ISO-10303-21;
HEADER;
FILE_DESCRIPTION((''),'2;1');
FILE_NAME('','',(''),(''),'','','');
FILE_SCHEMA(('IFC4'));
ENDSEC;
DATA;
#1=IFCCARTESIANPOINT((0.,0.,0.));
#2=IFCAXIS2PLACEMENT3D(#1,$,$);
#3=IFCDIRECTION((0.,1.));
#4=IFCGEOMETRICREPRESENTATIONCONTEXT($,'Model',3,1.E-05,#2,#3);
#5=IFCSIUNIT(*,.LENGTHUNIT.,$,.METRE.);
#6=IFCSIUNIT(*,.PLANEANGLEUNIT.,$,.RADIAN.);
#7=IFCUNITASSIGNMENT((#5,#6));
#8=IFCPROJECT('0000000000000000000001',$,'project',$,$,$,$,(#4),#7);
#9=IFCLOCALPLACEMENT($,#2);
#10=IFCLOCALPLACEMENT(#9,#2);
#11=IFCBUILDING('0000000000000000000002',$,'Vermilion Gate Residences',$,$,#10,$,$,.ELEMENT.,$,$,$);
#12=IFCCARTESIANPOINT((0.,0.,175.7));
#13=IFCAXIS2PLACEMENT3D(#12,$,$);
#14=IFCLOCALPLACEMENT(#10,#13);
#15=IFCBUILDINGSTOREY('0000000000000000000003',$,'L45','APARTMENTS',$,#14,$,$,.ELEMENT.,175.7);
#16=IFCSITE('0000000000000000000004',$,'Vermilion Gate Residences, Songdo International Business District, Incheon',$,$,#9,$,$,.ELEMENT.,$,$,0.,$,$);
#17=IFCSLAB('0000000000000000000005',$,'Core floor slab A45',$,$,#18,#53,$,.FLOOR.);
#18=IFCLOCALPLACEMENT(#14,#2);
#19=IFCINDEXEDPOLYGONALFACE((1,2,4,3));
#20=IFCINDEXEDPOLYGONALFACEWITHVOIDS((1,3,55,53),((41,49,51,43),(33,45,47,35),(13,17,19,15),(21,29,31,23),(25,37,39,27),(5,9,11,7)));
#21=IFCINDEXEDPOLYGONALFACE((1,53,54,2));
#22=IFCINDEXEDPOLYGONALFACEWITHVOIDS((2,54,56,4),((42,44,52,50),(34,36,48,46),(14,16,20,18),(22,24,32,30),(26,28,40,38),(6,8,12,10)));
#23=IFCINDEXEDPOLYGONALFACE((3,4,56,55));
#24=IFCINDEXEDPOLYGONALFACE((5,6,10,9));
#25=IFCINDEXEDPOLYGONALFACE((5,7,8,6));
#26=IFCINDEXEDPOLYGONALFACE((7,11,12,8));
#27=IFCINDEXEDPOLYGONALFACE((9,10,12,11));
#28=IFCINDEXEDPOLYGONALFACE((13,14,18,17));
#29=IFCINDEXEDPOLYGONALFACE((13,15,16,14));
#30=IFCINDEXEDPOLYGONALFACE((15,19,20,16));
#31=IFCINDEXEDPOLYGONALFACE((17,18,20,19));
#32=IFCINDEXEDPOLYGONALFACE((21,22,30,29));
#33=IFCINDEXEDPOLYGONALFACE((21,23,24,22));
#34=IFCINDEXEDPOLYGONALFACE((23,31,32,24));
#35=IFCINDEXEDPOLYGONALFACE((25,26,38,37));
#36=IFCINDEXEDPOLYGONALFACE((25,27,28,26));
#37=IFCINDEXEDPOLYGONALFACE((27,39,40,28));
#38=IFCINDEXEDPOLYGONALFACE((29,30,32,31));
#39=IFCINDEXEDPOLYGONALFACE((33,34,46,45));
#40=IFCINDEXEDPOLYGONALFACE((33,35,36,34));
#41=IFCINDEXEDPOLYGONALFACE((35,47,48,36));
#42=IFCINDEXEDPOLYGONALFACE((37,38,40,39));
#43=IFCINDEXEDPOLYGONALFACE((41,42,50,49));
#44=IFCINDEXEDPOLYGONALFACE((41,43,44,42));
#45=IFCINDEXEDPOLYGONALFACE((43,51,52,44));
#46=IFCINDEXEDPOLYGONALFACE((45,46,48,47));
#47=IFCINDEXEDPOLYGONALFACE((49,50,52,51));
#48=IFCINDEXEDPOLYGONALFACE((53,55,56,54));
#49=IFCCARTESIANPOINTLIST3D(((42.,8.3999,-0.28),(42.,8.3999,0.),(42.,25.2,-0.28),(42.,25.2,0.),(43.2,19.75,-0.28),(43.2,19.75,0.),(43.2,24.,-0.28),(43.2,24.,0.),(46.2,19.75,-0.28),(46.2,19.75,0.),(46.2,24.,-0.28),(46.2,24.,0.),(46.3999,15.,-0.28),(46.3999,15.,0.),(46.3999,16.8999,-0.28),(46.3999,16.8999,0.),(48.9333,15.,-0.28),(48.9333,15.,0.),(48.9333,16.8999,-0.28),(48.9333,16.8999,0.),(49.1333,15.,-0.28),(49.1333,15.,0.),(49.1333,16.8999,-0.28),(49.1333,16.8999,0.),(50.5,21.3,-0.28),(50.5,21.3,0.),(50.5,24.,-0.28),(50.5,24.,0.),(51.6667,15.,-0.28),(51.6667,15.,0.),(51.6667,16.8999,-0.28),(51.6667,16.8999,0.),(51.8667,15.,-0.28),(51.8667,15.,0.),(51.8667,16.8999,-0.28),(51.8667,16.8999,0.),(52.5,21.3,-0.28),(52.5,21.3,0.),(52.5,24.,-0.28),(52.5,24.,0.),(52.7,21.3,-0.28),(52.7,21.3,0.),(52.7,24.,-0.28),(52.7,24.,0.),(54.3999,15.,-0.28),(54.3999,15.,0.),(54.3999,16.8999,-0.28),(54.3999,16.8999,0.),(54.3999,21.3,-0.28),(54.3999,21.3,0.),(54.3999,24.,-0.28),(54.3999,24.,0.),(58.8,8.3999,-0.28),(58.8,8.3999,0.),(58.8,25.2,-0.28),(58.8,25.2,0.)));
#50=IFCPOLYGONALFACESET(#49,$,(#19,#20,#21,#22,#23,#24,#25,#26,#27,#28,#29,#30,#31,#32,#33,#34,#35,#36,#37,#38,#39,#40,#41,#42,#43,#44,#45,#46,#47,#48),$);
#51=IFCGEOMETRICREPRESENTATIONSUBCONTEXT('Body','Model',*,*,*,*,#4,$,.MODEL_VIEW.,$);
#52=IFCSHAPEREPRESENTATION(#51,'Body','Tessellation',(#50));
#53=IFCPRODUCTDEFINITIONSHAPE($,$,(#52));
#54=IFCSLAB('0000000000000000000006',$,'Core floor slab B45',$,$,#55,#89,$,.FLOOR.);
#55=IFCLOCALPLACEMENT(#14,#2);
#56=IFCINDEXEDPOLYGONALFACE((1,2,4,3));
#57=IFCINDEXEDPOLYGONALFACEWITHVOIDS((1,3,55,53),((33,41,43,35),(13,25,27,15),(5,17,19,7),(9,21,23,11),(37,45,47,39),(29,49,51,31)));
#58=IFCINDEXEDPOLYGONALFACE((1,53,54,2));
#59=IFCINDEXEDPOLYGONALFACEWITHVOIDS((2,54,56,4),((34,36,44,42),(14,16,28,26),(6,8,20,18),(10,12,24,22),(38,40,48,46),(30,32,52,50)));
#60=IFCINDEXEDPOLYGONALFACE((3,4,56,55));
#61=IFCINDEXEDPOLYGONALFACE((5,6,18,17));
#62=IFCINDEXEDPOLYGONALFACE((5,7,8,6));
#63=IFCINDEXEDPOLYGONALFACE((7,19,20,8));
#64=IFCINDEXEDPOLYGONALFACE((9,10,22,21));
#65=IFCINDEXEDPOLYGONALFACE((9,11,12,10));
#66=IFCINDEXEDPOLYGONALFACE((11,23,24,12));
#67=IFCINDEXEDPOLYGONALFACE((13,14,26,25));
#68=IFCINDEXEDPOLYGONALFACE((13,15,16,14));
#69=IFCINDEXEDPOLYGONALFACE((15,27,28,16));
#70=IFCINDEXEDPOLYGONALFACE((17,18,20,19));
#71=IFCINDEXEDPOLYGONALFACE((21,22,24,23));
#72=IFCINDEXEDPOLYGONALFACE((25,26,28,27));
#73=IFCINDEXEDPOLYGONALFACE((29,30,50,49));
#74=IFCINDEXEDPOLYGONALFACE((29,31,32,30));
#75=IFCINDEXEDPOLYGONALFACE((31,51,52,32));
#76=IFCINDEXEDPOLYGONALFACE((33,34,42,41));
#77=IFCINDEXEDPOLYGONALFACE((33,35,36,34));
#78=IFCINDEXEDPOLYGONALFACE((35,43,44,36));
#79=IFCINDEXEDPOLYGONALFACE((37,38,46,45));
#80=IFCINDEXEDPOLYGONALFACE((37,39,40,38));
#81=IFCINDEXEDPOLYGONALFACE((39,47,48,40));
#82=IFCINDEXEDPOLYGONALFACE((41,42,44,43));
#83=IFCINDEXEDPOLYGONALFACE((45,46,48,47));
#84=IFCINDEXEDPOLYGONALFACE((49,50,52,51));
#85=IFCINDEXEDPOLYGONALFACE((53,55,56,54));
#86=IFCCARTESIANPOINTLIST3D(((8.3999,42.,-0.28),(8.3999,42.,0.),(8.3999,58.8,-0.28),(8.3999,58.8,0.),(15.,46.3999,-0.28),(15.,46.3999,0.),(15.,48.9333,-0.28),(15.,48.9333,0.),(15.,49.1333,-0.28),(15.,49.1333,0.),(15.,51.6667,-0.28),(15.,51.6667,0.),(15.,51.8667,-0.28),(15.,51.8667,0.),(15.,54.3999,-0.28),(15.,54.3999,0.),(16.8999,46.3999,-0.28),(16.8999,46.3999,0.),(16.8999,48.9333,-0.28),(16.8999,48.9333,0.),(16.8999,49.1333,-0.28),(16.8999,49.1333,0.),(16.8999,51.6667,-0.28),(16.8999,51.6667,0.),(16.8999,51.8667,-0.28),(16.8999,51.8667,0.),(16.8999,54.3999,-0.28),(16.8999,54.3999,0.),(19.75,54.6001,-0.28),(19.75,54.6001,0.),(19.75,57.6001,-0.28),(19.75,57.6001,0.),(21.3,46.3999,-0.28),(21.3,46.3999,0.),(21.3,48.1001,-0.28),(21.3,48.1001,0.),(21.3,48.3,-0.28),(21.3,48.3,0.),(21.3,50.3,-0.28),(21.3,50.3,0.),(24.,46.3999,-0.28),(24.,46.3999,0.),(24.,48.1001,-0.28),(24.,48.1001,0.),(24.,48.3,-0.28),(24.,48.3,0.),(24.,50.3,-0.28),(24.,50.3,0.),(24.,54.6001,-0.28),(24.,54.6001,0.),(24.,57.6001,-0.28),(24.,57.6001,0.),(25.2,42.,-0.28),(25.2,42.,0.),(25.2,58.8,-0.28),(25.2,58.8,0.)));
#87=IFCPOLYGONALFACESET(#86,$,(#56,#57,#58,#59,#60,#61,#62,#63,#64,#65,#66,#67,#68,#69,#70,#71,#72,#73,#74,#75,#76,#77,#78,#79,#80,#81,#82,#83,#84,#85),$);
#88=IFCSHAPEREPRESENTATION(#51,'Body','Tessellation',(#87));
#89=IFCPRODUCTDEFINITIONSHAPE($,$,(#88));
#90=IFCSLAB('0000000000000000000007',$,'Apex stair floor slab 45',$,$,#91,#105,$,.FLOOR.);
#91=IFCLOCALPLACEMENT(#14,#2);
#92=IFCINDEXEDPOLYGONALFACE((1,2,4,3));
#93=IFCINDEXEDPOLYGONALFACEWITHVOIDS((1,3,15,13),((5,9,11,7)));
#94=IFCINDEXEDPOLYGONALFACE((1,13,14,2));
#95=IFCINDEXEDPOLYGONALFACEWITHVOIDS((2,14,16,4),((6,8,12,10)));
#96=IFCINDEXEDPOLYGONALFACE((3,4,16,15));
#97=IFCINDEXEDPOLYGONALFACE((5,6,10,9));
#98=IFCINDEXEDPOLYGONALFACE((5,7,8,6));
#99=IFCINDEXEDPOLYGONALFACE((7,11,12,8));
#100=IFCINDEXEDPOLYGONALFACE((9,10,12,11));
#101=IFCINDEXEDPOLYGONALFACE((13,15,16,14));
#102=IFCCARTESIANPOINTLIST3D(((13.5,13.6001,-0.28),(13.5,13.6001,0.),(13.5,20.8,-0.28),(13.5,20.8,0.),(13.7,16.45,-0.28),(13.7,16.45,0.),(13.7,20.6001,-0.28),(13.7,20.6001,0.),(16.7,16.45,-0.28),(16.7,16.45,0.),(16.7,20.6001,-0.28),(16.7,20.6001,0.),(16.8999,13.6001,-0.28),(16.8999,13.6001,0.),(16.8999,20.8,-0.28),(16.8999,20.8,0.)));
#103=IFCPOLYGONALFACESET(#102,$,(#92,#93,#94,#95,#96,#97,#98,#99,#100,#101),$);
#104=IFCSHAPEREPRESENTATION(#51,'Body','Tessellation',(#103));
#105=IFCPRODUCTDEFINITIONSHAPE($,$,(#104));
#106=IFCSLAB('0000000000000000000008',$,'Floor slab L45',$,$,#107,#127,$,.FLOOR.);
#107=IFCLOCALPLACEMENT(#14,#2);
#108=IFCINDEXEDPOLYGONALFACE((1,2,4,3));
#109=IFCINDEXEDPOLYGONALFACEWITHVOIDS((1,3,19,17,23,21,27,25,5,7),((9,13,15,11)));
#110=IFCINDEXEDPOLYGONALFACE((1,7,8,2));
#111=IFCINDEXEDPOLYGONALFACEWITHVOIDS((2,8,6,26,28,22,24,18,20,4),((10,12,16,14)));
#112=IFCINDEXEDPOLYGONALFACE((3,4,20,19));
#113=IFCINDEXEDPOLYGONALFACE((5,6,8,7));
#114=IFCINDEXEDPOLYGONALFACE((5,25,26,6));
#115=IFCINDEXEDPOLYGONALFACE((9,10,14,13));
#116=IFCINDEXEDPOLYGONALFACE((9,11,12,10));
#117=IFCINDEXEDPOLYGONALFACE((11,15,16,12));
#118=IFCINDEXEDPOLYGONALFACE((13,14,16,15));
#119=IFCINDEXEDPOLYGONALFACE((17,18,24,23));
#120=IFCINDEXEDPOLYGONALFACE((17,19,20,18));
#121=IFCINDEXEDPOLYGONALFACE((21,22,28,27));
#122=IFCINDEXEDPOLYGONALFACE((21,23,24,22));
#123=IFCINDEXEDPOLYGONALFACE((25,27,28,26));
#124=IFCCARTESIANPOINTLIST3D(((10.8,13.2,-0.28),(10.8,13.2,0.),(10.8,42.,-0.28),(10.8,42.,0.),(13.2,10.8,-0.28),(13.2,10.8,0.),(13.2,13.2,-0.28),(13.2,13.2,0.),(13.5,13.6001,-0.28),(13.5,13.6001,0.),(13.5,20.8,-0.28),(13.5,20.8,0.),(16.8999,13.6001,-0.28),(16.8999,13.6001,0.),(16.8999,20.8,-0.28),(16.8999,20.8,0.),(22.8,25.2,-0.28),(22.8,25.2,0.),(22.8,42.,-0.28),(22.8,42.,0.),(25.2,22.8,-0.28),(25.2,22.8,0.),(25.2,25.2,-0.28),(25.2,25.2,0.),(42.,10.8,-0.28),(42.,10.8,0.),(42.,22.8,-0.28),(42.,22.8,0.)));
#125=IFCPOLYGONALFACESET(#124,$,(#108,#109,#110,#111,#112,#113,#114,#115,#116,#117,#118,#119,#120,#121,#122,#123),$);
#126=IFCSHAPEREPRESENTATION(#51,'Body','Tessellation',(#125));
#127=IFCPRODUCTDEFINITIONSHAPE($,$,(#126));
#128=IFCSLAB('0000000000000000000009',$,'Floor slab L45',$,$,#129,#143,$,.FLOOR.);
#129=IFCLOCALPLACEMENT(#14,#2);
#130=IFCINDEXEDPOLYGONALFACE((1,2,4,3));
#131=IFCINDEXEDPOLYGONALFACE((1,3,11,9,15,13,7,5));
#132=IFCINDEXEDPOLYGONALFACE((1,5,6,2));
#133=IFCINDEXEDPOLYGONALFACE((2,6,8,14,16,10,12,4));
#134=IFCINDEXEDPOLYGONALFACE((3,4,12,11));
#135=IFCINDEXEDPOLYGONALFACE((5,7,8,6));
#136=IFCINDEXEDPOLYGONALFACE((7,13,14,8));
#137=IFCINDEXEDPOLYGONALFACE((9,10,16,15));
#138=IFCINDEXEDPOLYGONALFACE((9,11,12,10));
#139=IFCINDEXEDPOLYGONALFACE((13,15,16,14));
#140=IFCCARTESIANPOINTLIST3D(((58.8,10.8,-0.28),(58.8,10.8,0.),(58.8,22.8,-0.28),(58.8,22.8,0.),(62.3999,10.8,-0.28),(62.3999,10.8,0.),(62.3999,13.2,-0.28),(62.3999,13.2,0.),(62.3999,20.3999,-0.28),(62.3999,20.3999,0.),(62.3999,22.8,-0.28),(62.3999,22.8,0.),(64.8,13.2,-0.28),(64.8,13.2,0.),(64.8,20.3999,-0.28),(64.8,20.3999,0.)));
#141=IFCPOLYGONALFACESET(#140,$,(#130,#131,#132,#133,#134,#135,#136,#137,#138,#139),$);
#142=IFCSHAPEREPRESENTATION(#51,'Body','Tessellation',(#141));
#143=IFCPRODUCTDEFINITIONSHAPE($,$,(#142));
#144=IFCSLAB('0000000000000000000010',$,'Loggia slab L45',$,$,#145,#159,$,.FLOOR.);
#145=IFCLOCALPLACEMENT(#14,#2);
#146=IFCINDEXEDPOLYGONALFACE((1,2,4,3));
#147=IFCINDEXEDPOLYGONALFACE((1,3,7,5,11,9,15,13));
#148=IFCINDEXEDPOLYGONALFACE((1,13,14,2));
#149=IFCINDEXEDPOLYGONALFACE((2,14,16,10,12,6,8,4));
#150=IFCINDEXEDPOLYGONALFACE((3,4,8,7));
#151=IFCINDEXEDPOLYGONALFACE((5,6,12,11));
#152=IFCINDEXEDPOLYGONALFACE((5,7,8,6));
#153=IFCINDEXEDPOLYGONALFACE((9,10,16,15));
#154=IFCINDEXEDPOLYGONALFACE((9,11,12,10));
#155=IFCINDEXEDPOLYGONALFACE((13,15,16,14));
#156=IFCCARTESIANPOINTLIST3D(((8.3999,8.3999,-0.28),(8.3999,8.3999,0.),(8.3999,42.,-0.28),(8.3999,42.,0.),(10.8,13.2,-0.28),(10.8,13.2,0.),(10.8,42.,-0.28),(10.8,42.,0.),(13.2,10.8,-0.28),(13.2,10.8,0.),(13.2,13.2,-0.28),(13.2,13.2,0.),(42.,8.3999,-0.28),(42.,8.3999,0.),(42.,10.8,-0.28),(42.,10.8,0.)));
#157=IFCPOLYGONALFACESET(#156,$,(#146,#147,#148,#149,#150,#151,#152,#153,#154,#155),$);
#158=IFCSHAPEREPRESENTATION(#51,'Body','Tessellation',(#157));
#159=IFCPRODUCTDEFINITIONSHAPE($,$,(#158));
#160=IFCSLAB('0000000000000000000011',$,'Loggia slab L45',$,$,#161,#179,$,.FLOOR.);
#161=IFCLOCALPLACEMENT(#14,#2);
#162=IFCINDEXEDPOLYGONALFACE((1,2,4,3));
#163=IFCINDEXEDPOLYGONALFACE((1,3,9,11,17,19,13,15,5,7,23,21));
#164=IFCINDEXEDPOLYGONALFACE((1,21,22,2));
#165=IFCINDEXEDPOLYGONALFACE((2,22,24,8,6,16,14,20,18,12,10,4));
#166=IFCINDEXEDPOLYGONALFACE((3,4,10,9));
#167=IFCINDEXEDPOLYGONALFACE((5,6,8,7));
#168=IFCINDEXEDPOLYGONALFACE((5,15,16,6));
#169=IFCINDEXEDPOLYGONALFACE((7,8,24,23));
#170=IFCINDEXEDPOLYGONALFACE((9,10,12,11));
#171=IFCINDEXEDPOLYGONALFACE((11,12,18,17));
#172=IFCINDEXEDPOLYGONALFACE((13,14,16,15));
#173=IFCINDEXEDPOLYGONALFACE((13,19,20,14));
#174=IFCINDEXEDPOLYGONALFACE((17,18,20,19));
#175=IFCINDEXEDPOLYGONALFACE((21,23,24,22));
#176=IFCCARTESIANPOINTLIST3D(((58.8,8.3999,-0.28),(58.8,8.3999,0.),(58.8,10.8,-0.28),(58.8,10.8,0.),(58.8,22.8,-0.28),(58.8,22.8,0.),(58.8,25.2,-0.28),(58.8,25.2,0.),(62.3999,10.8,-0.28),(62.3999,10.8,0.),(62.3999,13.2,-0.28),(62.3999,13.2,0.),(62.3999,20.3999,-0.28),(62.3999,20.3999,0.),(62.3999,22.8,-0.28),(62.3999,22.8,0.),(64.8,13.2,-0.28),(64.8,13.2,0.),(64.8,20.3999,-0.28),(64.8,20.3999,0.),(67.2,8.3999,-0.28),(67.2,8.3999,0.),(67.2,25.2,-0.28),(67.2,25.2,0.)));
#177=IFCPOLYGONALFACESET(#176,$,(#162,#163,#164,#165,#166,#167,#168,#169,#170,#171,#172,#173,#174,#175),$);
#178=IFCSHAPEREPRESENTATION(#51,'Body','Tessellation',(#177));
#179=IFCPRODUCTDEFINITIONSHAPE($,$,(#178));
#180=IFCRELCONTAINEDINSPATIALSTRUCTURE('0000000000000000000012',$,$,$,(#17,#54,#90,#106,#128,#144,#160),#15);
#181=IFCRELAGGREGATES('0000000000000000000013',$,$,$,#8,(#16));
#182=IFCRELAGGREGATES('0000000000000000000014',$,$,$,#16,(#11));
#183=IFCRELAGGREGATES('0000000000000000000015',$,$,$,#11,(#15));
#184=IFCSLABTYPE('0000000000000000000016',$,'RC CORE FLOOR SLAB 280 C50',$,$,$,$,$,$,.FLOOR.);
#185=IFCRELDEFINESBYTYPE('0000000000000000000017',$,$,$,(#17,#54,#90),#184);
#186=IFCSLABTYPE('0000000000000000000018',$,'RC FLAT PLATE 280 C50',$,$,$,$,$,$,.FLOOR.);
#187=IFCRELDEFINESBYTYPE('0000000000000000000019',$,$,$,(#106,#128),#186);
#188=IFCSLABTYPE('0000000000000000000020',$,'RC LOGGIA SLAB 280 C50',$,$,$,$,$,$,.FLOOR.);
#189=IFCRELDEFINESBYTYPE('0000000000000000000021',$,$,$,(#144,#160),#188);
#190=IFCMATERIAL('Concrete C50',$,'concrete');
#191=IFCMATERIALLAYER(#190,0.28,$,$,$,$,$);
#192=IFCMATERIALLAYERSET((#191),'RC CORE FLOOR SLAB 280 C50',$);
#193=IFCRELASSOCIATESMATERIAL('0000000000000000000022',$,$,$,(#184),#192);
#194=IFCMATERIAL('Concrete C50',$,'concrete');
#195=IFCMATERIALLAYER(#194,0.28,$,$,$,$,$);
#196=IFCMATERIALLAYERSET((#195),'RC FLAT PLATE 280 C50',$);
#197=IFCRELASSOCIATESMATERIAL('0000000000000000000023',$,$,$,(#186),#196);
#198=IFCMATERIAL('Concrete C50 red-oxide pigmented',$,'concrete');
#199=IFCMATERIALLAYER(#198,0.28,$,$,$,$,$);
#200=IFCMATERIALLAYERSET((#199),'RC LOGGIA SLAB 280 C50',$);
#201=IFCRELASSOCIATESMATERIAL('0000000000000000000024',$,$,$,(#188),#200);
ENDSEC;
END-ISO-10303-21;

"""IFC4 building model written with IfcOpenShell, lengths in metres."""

from ifc_helpers import new_model, si_unit, direction, frame, origin, place, context, subcontext, project, spatial, polyline, outline, extrude, material, layer, layer_set, type_object, element, save


model = new_model("IFC4")

# Units and contexts
model_context = context("Model", 3, precision=1e-05, world=origin(), true_north=direction((0.0, 1.0)))
body_context = subcontext(model_context, "Body", "Model", "MODEL_VIEW")
ifc_project = project(units=[si_unit("LENGTHUNIT", "METRE"), si_unit("PLANEANGLEUNIT", "RADIAN")], contexts=[model_context])

# Site, building, storey
site_placement = place(None, origin())
site = spatial("IfcSite", under=ifc_project, at=site_placement, Name="Vermilion Gate Residences, Songdo International Business District, Incheon", CompositionType="ELEMENT", RefElevation=0.0)
building_placement = place(site_placement, origin())
building = spatial("IfcBuilding", under=site, at=building_placement, Name="Vermilion Gate Residences", CompositionType="ELEMENT")
storey_placement = place(building_placement, frame((0.0, 0.0, 175.7)))
storey = spatial("IfcBuildingStorey", under=building, at=storey_placement, Name="L45", Description="APARTMENTS", CompositionType="ELEMENT", Elevation=175.7)

# Slabs
ifc_material_1 = material(Name="Concrete C50", Category="concrete")
ifc_layer_1 = layer(ifc_material_1, 0.28)
ifc_layer_set_1 = layer_set([ifc_layer_1], Name="RC CORE FLOOR SLAB 280 C50")
slab_type_1 = type_object("IfcSlabType", Name="RC CORE FLOOR SLAB 280 C50", PredefinedType="FLOOR", material=ifc_layer_set_1)
slab_1_placement = place(storey_placement, frame((0.0, 0.0, -0.28)))
element("IfcSlab", 1, at=slab_1_placement, inside=storey, type_object=slab_type_1, Name="Core floor slab A45", PredefinedType="FLOOR", context=body_context, shape_type="SweptSolid", body=[
    extrude(outline(polyline([(42.0, 8.3999), (58.8, 8.3999), (58.8, 25.2), (42.0, 25.2), (42.0, 8.3999)]), holes=[polyline([(46.3999, 15.0), (46.3999, 16.8999), (48.9333, 16.8999), (48.9333, 15.0), (46.3999, 15.0)]), polyline([(49.1333, 16.8999), (51.6667, 16.8999), (51.6667, 15.0), (49.1333, 15.0), (49.1333, 16.8999)]), polyline([(51.8667, 16.8999), (54.3999, 16.8999), (54.3999, 15.0), (51.8667, 15.0), (51.8667, 16.8999)]), polyline([(43.2, 19.75), (43.2, 24.0), (46.2, 24.0), (46.2, 19.75), (43.2, 19.75)]), polyline([(50.5, 24.0), (52.5, 24.0), (52.5, 21.3), (50.5, 21.3), (50.5, 24.0)]), polyline([(52.7, 24.0), (54.3999, 24.0), (54.3999, 21.3), (52.7, 21.3), (52.7, 24.0)])]), origin(), (0.0, 0.0, 1.0), 0.28),
])
slab_2_placement = place(storey_placement, frame((0.0, 0.0, -0.28)))
element("IfcSlab", 2, at=slab_2_placement, inside=storey, type_object=slab_type_1, Name="Core floor slab B45", PredefinedType="FLOOR", context=body_context, shape_type="SweptSolid", body=[
    extrude(outline(polyline([(8.3999, 42.0), (25.2, 42.0), (25.2, 58.8), (8.3999, 58.8), (8.3999, 42.0)]), holes=[polyline([(21.3, 46.3999), (21.3, 48.1001), (24.0, 48.1001), (24.0, 46.3999), (21.3, 46.3999)]), polyline([(15.0, 48.9333), (16.8999, 48.9333), (16.8999, 46.3999), (15.0, 46.3999), (15.0, 48.9333)]), polyline([(21.3, 50.3), (24.0, 50.3), (24.0, 48.3), (21.3, 48.3), (21.3, 50.3)]), polyline([(15.0, 49.1333), (15.0, 51.6667), (16.8999, 51.6667), (16.8999, 49.1333), (15.0, 49.1333)]), polyline([(15.0, 54.3999), (16.8999, 54.3999), (16.8999, 51.8667), (15.0, 51.8667), (15.0, 54.3999)]), polyline([(19.75, 57.6001), (24.0, 57.6001), (24.0, 54.6001), (19.75, 54.6001), (19.75, 57.6001)])]), origin(), (0.0, 0.0, 1.0), 0.28),
])
slab_3_placement = place(storey_placement, frame((0.0, 0.0, -0.28)))
element("IfcSlab", 3, at=slab_3_placement, inside=storey, type_object=slab_type_1, Name="Apex stair floor slab 45", PredefinedType="FLOOR", context=body_context, shape_type="SweptSolid", body=[
    extrude(outline(polyline([(13.5, 13.6001), (16.8999, 13.6001), (16.8999, 20.8), (13.5, 20.8), (13.5, 13.6001)]), holes=[polyline([(16.7, 20.6001), (16.7, 16.45), (13.7, 16.45), (13.7, 20.6001), (16.7, 20.6001)])]), origin(), (0.0, 0.0, 1.0), 0.28),
])
ifc_material_2 = material(Name="Concrete C50", Category="concrete")
ifc_layer_2 = layer(ifc_material_2, 0.28)
ifc_layer_set_2 = layer_set([ifc_layer_2], Name="RC FLAT PLATE 280 C50")
slab_type_2 = type_object("IfcSlabType", Name="RC FLAT PLATE 280 C50", PredefinedType="FLOOR", material=ifc_layer_set_2)
slab_4_placement = place(storey_placement, frame((0.0, 0.0, -0.28)))
element("IfcSlab", 4, at=slab_4_placement, inside=storey, type_object=slab_type_2, Name="Floor slab L45", PredefinedType="FLOOR", context=body_context, shape_type="SweptSolid", body=[
    extrude(outline(polyline([(22.8, 25.2), (22.8, 42.0), (10.8, 42.0), (10.8, 13.2), (13.2, 13.2), (13.2, 10.8), (42.0, 10.8), (42.0, 22.8), (25.2, 22.8), (25.2, 25.2), (22.8, 25.2)]), holes=[polyline([(13.5, 13.6001), (13.5, 20.8), (16.8999, 20.8), (16.8999, 13.6001), (13.5, 13.6001)])]), origin(), (0.0, 0.0, 1.0), 0.28),
])
slab_5_placement = place(storey_placement, frame((0.0, 0.0, -0.28)))
element("IfcSlab", 5, at=slab_5_placement, inside=storey, type_object=slab_type_2, Name="Floor slab L45", PredefinedType="FLOOR", context=body_context, shape_type="SweptSolid", body=[
    extrude(outline(polyline([(58.8, 22.8), (58.8, 10.8), (62.3999, 10.8), (62.3999, 13.2), (64.8, 13.2), (64.8, 20.3999), (62.3999, 20.3999), (62.3999, 22.8), (58.8, 22.8)])), origin(), (0.0, 0.0, 1.0), 0.28),
])
ifc_material_3 = material(Name="Concrete C50 red-oxide pigmented", Category="concrete")
ifc_layer_3 = layer(ifc_material_3, 0.28)
ifc_layer_set_3 = layer_set([ifc_layer_3], Name="RC LOGGIA SLAB 280 C50")
slab_type_3 = type_object("IfcSlabType", Name="RC LOGGIA SLAB 280 C50", PredefinedType="FLOOR", material=ifc_layer_set_3)
slab_6_placement = place(storey_placement, frame((0.0, 0.0, -0.28)))
element("IfcSlab", 6, at=slab_6_placement, inside=storey, type_object=slab_type_3, Name="Loggia slab L45", PredefinedType="FLOOR", context=body_context, shape_type="SweptSolid", body=[
    extrude(outline(polyline([(8.3999, 42.0), (8.3999, 8.3999), (42.0, 8.3999), (42.0, 10.8), (13.2, 10.8), (13.2, 13.2), (10.8, 13.2), (10.8, 42.0), (8.3999, 42.0)])), origin(), (0.0, 0.0, 1.0), 0.28),
])
slab_7_placement = place(storey_placement, frame((0.0, 0.0, -0.28)))
element("IfcSlab", 7, at=slab_7_placement, inside=storey, type_object=slab_type_3, Name="Loggia slab L45", PredefinedType="FLOOR", context=body_context, shape_type="SweptSolid", body=[
    extrude(outline(polyline([(64.8, 13.2), (62.3999, 13.2), (62.3999, 10.8), (58.8, 10.8), (58.8, 8.3999), (67.2, 8.3999), (67.2, 25.2), (58.8, 25.2), (58.8, 22.8), (62.3999, 22.8), (62.3999, 20.3999), (64.8, 20.3999), (64.8, 13.2)])), origin(), (0.0, 0.0, 1.0), 0.28),
])

save(model, "model.ifc")
